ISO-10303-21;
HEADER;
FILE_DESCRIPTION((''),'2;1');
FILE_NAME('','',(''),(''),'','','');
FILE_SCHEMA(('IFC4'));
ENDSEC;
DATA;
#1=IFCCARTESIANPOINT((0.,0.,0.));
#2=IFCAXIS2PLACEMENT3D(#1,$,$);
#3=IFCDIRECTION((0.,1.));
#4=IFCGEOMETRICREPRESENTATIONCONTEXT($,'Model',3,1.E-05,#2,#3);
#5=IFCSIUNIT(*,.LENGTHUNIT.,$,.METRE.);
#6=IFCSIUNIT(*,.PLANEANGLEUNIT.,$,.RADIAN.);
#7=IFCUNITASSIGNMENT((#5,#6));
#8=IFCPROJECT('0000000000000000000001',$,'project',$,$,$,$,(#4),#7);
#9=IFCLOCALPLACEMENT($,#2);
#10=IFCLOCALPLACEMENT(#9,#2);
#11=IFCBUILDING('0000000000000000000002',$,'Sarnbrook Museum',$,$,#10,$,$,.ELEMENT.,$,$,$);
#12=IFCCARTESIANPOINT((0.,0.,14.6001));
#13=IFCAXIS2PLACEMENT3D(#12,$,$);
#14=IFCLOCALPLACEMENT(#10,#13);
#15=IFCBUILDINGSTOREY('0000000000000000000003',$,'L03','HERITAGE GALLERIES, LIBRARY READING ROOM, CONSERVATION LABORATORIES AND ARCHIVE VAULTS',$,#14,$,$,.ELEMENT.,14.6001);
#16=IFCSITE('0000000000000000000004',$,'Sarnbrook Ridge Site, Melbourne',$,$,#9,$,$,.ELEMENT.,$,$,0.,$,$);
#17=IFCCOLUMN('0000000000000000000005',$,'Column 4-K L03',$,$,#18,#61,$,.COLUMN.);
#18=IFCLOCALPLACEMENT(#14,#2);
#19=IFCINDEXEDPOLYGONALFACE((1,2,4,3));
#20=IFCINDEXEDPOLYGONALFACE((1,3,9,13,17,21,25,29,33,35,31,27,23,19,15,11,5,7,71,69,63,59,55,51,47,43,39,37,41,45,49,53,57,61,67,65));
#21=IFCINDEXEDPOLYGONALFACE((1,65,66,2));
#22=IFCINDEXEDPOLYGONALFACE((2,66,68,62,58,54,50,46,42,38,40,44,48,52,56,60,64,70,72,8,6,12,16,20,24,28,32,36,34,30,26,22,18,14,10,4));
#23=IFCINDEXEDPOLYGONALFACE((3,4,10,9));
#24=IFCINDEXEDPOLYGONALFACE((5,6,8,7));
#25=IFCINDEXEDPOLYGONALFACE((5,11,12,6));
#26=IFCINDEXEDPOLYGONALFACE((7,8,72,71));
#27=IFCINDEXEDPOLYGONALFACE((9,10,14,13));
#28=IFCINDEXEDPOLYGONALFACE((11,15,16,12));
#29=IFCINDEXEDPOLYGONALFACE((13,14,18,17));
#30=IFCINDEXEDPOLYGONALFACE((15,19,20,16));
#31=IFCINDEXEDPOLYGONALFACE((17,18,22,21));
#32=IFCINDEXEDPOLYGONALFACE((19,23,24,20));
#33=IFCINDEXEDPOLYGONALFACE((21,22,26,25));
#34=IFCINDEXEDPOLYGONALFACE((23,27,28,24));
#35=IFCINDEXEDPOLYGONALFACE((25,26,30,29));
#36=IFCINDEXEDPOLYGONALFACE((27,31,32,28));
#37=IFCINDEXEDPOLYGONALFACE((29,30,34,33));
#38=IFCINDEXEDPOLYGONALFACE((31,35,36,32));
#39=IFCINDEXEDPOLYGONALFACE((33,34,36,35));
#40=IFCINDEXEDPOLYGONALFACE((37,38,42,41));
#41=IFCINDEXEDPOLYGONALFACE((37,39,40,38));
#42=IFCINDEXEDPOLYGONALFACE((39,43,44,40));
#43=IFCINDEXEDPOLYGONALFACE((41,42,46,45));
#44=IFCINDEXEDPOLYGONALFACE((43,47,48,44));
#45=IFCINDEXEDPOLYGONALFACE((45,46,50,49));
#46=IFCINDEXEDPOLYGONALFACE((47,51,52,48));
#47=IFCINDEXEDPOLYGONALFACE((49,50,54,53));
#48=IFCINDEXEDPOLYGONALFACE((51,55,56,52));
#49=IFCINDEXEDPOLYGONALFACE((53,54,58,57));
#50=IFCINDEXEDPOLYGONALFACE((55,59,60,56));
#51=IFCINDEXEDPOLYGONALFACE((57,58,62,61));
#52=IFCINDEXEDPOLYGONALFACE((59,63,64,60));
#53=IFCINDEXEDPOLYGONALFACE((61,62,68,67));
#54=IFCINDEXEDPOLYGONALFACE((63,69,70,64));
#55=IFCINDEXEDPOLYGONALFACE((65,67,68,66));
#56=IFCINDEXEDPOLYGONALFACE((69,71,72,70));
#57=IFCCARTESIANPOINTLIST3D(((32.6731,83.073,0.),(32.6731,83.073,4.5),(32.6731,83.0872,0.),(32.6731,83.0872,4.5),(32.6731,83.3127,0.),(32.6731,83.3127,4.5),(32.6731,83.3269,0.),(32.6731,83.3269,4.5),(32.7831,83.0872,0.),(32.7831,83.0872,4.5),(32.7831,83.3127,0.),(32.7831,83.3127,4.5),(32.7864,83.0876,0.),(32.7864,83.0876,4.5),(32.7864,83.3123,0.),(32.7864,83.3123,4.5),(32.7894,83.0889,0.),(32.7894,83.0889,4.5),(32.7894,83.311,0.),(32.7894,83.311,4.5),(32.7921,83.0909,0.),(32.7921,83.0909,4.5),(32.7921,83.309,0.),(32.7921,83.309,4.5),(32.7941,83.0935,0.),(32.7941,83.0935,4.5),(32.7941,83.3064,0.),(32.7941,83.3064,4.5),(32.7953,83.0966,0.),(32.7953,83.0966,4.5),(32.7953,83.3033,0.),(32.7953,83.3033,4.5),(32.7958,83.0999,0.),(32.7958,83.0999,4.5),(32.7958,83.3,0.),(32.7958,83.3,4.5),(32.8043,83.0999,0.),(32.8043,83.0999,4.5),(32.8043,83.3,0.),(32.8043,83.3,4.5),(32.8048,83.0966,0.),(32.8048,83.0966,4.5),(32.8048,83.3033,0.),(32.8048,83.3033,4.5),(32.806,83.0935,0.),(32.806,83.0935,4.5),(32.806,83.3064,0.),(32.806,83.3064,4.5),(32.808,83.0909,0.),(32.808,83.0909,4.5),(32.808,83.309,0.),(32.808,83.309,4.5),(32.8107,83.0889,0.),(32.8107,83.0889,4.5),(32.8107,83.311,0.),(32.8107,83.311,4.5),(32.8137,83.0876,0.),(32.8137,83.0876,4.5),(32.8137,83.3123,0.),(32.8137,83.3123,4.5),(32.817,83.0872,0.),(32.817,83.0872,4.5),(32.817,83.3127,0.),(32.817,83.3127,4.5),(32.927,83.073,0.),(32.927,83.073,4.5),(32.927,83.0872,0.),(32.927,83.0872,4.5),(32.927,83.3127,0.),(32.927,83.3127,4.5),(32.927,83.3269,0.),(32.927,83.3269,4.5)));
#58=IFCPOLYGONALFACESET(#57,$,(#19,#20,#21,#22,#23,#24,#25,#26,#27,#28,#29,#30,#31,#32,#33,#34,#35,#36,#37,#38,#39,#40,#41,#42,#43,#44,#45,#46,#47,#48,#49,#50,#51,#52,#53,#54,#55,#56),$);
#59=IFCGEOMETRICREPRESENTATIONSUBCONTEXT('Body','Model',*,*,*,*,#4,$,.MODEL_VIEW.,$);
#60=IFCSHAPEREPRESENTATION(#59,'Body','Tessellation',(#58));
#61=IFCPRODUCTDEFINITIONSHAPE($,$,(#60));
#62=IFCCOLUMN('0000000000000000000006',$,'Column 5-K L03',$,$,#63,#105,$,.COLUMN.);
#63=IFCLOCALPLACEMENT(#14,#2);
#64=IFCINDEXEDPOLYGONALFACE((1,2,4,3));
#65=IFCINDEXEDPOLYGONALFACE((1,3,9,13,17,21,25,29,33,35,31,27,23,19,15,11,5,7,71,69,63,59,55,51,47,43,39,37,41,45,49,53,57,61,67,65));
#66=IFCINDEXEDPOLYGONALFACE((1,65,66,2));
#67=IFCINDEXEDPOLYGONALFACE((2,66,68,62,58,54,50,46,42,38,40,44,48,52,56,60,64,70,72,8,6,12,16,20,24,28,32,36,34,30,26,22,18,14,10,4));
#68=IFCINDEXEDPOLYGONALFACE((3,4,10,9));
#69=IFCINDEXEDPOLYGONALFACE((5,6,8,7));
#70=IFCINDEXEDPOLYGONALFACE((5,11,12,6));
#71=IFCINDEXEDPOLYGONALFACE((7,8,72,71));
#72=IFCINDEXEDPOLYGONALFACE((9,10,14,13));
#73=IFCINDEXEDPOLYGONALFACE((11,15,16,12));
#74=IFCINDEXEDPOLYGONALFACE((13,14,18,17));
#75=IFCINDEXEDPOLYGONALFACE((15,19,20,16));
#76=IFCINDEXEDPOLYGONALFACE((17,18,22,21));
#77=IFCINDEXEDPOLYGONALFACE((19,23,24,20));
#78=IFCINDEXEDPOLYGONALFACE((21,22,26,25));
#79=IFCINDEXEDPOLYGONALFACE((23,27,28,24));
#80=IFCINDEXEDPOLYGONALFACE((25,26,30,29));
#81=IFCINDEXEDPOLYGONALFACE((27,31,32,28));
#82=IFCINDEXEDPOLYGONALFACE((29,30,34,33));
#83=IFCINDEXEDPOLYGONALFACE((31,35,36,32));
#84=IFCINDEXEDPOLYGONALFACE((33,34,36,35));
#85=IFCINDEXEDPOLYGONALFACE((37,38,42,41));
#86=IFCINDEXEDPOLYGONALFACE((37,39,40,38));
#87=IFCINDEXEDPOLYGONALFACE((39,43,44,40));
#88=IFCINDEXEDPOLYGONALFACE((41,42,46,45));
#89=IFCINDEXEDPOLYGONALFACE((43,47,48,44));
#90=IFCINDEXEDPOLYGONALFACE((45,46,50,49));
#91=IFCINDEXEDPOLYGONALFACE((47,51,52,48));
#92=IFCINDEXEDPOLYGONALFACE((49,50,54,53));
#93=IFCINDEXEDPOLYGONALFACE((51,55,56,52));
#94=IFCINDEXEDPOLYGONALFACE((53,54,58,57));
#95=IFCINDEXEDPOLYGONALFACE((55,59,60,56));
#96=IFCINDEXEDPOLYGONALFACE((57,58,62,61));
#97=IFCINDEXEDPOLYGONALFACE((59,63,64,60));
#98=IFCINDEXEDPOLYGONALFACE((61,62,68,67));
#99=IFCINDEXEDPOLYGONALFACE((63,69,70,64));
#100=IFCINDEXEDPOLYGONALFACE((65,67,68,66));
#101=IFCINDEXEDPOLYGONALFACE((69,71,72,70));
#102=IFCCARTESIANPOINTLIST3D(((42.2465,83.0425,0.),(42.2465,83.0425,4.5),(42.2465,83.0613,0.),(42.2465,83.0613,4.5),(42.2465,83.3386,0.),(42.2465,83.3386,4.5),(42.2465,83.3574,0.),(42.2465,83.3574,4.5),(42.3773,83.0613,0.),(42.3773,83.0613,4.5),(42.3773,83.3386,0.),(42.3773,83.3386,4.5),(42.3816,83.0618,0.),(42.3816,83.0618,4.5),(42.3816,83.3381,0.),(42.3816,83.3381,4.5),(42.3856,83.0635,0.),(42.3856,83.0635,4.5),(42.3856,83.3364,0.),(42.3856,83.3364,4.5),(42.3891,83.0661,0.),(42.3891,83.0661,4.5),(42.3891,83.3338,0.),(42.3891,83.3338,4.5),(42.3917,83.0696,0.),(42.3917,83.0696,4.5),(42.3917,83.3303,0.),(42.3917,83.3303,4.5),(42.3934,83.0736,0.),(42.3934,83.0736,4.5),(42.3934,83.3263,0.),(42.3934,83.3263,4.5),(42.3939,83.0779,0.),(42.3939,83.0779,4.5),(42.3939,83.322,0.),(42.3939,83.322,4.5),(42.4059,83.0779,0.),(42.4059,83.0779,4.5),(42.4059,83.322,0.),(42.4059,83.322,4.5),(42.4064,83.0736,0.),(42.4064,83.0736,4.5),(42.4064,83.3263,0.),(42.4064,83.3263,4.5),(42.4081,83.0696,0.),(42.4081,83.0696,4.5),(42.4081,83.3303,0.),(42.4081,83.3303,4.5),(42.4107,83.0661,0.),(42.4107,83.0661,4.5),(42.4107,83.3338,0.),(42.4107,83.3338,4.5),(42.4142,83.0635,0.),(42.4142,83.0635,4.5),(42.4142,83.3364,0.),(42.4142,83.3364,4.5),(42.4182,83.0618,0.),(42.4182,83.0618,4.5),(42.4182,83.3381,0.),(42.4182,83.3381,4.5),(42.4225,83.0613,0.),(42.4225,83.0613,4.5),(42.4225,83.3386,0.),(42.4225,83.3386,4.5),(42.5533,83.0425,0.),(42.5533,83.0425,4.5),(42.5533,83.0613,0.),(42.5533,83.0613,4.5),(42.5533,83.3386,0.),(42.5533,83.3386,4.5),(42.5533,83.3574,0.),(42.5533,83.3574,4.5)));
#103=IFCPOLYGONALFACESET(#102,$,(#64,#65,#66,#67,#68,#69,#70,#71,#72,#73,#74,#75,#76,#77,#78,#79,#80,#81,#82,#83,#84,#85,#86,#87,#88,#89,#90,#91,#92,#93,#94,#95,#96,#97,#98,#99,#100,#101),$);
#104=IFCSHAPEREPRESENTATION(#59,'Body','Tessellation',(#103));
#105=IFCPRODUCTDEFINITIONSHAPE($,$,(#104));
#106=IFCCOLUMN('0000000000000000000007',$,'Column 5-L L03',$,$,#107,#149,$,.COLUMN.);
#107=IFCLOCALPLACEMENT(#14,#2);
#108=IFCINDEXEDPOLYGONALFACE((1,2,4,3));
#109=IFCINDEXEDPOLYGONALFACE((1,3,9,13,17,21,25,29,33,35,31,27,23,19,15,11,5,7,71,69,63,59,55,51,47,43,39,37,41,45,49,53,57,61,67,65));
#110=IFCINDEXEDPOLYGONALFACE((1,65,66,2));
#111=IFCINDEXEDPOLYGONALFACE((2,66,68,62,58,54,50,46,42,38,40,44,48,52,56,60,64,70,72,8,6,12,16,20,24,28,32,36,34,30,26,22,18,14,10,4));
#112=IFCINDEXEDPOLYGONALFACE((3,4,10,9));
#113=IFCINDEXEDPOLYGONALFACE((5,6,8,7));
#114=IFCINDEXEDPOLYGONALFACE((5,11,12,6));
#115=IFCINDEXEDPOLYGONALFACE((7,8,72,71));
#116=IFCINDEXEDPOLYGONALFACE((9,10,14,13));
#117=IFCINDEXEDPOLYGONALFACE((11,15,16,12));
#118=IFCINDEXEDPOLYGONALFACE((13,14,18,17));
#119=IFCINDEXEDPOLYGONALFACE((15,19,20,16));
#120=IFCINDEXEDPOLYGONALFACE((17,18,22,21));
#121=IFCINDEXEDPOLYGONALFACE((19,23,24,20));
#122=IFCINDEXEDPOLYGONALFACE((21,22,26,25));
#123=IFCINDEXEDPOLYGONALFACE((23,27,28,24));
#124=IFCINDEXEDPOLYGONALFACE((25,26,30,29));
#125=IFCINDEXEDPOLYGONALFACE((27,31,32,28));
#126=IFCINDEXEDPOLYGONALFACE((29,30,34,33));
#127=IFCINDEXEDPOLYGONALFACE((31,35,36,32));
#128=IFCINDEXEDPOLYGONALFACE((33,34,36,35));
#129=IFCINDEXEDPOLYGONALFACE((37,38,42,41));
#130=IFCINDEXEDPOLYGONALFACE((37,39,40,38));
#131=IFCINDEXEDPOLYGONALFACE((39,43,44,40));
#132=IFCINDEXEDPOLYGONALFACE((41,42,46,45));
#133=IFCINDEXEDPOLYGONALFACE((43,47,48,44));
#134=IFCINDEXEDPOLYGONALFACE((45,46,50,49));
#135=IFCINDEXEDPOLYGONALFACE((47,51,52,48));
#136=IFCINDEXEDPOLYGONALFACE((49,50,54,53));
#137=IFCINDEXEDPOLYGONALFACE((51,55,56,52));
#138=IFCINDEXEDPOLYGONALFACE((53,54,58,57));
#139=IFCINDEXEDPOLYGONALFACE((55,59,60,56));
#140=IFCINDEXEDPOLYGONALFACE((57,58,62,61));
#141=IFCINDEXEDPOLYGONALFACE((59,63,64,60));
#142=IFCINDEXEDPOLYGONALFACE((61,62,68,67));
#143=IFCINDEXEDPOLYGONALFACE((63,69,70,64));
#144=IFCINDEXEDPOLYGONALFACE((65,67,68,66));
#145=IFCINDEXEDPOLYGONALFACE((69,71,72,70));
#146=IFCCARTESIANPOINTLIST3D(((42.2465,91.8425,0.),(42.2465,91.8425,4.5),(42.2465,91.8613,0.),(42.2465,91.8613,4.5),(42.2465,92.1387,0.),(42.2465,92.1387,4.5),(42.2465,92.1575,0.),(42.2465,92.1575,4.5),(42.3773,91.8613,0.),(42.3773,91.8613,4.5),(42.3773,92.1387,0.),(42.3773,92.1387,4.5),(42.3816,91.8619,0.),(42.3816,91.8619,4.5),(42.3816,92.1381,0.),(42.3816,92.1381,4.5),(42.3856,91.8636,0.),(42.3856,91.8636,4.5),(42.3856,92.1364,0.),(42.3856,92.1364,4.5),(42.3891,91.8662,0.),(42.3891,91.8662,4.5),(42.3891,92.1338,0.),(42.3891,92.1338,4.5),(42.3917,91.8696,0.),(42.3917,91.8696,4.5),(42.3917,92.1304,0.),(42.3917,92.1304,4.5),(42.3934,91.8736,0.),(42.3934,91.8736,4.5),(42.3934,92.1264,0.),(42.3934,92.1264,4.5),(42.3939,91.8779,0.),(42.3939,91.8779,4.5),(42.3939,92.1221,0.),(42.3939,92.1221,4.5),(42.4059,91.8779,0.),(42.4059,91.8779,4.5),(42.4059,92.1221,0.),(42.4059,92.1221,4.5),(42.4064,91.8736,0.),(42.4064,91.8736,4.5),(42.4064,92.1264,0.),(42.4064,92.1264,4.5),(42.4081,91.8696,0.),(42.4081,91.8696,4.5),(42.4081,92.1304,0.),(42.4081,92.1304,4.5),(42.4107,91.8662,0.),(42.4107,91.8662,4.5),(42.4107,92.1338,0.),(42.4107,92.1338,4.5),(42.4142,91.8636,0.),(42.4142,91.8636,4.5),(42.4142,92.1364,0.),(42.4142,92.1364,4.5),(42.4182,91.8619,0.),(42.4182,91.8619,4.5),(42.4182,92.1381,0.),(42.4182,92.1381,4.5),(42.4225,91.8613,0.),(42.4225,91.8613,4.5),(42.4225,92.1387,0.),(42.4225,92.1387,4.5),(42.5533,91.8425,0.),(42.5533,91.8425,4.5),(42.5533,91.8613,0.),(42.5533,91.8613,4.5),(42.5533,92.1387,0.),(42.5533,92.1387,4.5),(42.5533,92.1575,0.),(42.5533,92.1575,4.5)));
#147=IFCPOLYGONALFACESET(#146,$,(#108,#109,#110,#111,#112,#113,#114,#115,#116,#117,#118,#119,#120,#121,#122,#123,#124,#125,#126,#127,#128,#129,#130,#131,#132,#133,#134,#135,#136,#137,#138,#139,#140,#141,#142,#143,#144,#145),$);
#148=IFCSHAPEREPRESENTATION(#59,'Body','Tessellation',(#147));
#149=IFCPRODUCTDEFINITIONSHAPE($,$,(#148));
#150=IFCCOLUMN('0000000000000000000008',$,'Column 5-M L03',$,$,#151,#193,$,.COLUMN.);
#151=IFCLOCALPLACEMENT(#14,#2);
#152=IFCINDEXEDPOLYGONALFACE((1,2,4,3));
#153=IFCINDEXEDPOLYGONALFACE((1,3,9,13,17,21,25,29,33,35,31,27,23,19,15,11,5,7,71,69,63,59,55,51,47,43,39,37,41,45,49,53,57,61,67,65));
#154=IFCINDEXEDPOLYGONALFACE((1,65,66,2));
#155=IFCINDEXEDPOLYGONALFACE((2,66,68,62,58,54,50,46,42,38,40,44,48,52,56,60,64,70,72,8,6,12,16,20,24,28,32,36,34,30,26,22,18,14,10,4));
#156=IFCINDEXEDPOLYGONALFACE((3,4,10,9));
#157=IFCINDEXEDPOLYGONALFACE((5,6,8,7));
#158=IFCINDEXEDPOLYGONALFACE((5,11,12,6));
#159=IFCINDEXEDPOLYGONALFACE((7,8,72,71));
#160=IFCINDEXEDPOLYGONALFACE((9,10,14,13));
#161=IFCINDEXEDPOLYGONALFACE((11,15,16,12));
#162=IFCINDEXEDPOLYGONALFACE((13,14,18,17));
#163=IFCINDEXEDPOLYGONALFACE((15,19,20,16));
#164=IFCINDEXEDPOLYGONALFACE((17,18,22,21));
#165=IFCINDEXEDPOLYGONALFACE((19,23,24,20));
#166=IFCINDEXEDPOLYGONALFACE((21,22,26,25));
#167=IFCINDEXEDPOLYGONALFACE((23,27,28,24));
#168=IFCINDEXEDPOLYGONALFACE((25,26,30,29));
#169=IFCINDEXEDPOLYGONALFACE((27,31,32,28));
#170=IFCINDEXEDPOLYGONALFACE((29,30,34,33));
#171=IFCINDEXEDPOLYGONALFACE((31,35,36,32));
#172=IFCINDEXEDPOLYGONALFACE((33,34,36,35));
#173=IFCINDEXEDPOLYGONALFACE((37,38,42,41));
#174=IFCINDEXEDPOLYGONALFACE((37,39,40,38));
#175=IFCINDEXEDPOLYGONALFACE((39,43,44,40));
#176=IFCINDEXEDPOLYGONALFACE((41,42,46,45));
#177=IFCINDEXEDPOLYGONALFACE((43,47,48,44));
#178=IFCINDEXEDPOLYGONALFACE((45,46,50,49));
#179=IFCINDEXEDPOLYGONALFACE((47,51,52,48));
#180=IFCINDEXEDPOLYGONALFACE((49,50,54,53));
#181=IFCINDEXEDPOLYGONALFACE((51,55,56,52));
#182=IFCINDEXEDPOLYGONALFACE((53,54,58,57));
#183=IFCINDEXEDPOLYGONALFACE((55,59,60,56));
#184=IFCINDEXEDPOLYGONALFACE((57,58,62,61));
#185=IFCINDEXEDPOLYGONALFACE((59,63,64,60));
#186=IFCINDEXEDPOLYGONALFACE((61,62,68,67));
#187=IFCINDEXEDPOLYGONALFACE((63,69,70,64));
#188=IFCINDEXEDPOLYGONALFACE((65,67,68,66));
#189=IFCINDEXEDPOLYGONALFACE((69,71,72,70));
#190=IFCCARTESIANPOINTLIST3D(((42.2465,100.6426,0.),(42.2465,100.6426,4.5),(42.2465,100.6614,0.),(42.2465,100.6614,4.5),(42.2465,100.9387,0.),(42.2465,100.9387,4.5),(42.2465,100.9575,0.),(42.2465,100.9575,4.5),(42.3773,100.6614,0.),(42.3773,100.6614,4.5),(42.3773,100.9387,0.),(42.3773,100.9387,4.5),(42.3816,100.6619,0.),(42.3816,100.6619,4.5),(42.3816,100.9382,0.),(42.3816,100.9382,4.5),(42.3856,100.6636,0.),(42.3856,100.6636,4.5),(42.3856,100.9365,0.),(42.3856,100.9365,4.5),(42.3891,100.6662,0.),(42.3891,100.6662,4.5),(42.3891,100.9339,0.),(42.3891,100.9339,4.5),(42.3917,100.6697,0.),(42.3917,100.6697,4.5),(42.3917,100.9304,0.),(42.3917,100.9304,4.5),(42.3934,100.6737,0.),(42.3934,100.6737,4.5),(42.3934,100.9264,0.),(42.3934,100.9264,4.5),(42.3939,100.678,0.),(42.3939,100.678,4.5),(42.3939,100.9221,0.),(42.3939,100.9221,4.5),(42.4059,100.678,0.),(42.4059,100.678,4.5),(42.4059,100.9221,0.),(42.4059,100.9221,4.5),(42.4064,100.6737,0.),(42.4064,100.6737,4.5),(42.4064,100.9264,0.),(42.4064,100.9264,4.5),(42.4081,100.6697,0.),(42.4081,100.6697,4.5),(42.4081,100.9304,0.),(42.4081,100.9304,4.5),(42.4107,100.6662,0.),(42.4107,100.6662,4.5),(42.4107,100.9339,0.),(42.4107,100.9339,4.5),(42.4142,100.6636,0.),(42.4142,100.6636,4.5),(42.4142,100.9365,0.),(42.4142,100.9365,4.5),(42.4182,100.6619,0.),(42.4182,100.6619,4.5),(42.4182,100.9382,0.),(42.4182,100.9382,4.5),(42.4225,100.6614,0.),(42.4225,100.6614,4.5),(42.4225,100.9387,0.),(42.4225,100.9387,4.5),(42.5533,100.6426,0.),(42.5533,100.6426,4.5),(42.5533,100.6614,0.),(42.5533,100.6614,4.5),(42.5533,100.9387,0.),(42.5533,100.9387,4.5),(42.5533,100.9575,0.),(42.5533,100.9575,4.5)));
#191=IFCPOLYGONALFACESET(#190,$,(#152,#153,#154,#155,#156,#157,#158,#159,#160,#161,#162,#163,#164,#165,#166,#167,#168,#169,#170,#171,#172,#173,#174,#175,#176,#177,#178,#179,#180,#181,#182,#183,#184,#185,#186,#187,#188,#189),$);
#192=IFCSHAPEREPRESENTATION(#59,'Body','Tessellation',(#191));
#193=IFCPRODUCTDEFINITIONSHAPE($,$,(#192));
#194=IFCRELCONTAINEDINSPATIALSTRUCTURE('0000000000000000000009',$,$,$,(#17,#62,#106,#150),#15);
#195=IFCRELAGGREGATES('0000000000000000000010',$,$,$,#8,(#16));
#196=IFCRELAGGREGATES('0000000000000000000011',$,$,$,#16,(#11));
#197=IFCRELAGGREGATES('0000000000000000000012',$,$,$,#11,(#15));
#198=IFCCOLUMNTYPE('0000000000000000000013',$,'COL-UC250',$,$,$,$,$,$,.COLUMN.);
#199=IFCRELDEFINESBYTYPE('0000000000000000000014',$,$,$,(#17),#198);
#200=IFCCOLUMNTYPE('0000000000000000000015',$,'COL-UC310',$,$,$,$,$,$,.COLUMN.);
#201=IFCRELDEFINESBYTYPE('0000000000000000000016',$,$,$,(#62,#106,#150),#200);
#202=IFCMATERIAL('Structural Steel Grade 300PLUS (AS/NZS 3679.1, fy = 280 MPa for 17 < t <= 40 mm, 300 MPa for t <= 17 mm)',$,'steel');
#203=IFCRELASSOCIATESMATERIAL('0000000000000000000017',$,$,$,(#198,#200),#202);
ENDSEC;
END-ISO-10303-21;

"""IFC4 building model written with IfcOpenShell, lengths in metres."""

from ifc_helpers import new_model, si_unit, direction, frame, origin, origin_2d, place, context, subcontext, project, spatial, i_section, extrude, material, material_profile, profile_set, type_object, element, save


model = new_model("IFC4")

# Units and contexts
model_context = context("Model", 3, precision=1e-05, world=origin(), true_north=direction((0.0, 1.0)))
body_context = subcontext(model_context, "Body", "Model", "MODEL_VIEW")
ifc_project = project(units=[si_unit("LENGTHUNIT", "METRE"), si_unit("PLANEANGLEUNIT", "RADIAN")], contexts=[model_context])

# Site, building, storey
site_placement = place(None, origin())
site = spatial("IfcSite", under=ifc_project, at=site_placement, Name="Sarnbrook Ridge Site, Melbourne", CompositionType="ELEMENT", RefElevation=0.0)
building_placement = place(site_placement, origin())
building = spatial("IfcBuilding", under=site, at=building_placement, Name="Sarnbrook Museum", CompositionType="ELEMENT")
storey_placement = place(building_placement, frame((0.0, 0.0, 14.6001)))
storey = spatial("IfcBuildingStorey", under=building, at=storey_placement, Name="L03", Description="HERITAGE GALLERIES, LIBRARY READING ROOM, CONSERVATION LABORATORIES AND ARCHIVE VAULTS", CompositionType="ELEMENT", Elevation=14.6001)

# Columns
ifc_material_1 = material(Name="Structural Steel Grade 300PLUS (AS/NZS 3679.1, fy = 280 MPa for 17 < t <= 40 mm, 300 MPa for t <= 17 mm)", Category="steel")
ifc_material_profile_1 = material_profile(ifc_material_1, i_section(OverallWidth=0.2539, OverallDepth=0.2539, WebThickness=0.0085, FlangeThickness=0.0142, FilletRadius=0.0127, at=origin_2d()), Name="250UC72.9")
ifc_profile_set_1 = profile_set([ifc_material_profile_1], Name="Structural Steel Grade 300PLUS (AS/NZS 3679.1, fy = 280 MPa for 17 < t <= 40 mm, 300 MPa for t <= 17 mm)")
column_type_1 = type_object("IfcColumnType", Name="COL-UC250", PredefinedType="COLUMN", material=ifc_profile_set_1)
column_placement = place(storey_placement, frame((32.8, 83.2, 0.0), z_axis=(0.0, 0.0, 1.0), x_axis=(1.0, 0.0, 0.0)))
element("IfcColumn", 1, at=column_placement, inside=storey, type_object=column_type_1, Name="Column 4-K L03", PredefinedType="COLUMN", context=body_context, shape_type="SweptSolid", body=[
    extrude(i_section(OverallWidth=0.2539, OverallDepth=0.2539, WebThickness=0.0085, FlangeThickness=0.0142, FilletRadius=0.0127, at=origin_2d()), origin(), (0.0, 0.0, 1.0), 4.5),
])
ifc_material_profile_2 = material_profile(ifc_material_1, i_section(OverallWidth=0.3069, OverallDepth=0.3149, WebThickness=0.012, FlangeThickness=0.0188, FilletRadius=0.0166, at=origin_2d()), Name="310UC118")
ifc_profile_set_2 = profile_set([ifc_material_profile_2], Name="Structural Steel Grade 300PLUS (AS/NZS 3679.1, fy = 280 MPa for 17 < t <= 40 mm, 300 MPa for t <= 17 mm)")
column_type_2 = type_object("IfcColumnType", Name="COL-UC310", PredefinedType="COLUMN", material=ifc_profile_set_2)
for number, where, z_axis, x_axis, name in (
    (2, (42.3999, 83.2, 0.0), (0.0, 0.0, 1.0), (1.0, 0.0, 0.0), "Column 5-K L03"),
    (3, (42.3999, 92.0, 0.0), (0.0, 0.0, 1.0), (1.0, 0.0, 0.0), "Column 5-L L03"),
    (4, (42.3999, 100.8, 0.0), (0.0, 0.0, 1.0), (1.0, 0.0, 0.0), "Column 5-M L03"),
):
    element("IfcColumn", number, at=place(storey_placement, frame(where, z_axis=z_axis, x_axis=x_axis)), inside=storey, type_object=column_type_2, Name=name, PredefinedType="COLUMN", context=body_context, shape_type="SweptSolid", body=[
        extrude(i_section(OverallWidth=0.3069, OverallDepth=0.3149, WebThickness=0.012, FlangeThickness=0.0188, FilletRadius=0.0166, at=origin_2d()), origin(), (0.0, 0.0, 1.0), 4.5),
    ])

save(model, "model.ifc")
